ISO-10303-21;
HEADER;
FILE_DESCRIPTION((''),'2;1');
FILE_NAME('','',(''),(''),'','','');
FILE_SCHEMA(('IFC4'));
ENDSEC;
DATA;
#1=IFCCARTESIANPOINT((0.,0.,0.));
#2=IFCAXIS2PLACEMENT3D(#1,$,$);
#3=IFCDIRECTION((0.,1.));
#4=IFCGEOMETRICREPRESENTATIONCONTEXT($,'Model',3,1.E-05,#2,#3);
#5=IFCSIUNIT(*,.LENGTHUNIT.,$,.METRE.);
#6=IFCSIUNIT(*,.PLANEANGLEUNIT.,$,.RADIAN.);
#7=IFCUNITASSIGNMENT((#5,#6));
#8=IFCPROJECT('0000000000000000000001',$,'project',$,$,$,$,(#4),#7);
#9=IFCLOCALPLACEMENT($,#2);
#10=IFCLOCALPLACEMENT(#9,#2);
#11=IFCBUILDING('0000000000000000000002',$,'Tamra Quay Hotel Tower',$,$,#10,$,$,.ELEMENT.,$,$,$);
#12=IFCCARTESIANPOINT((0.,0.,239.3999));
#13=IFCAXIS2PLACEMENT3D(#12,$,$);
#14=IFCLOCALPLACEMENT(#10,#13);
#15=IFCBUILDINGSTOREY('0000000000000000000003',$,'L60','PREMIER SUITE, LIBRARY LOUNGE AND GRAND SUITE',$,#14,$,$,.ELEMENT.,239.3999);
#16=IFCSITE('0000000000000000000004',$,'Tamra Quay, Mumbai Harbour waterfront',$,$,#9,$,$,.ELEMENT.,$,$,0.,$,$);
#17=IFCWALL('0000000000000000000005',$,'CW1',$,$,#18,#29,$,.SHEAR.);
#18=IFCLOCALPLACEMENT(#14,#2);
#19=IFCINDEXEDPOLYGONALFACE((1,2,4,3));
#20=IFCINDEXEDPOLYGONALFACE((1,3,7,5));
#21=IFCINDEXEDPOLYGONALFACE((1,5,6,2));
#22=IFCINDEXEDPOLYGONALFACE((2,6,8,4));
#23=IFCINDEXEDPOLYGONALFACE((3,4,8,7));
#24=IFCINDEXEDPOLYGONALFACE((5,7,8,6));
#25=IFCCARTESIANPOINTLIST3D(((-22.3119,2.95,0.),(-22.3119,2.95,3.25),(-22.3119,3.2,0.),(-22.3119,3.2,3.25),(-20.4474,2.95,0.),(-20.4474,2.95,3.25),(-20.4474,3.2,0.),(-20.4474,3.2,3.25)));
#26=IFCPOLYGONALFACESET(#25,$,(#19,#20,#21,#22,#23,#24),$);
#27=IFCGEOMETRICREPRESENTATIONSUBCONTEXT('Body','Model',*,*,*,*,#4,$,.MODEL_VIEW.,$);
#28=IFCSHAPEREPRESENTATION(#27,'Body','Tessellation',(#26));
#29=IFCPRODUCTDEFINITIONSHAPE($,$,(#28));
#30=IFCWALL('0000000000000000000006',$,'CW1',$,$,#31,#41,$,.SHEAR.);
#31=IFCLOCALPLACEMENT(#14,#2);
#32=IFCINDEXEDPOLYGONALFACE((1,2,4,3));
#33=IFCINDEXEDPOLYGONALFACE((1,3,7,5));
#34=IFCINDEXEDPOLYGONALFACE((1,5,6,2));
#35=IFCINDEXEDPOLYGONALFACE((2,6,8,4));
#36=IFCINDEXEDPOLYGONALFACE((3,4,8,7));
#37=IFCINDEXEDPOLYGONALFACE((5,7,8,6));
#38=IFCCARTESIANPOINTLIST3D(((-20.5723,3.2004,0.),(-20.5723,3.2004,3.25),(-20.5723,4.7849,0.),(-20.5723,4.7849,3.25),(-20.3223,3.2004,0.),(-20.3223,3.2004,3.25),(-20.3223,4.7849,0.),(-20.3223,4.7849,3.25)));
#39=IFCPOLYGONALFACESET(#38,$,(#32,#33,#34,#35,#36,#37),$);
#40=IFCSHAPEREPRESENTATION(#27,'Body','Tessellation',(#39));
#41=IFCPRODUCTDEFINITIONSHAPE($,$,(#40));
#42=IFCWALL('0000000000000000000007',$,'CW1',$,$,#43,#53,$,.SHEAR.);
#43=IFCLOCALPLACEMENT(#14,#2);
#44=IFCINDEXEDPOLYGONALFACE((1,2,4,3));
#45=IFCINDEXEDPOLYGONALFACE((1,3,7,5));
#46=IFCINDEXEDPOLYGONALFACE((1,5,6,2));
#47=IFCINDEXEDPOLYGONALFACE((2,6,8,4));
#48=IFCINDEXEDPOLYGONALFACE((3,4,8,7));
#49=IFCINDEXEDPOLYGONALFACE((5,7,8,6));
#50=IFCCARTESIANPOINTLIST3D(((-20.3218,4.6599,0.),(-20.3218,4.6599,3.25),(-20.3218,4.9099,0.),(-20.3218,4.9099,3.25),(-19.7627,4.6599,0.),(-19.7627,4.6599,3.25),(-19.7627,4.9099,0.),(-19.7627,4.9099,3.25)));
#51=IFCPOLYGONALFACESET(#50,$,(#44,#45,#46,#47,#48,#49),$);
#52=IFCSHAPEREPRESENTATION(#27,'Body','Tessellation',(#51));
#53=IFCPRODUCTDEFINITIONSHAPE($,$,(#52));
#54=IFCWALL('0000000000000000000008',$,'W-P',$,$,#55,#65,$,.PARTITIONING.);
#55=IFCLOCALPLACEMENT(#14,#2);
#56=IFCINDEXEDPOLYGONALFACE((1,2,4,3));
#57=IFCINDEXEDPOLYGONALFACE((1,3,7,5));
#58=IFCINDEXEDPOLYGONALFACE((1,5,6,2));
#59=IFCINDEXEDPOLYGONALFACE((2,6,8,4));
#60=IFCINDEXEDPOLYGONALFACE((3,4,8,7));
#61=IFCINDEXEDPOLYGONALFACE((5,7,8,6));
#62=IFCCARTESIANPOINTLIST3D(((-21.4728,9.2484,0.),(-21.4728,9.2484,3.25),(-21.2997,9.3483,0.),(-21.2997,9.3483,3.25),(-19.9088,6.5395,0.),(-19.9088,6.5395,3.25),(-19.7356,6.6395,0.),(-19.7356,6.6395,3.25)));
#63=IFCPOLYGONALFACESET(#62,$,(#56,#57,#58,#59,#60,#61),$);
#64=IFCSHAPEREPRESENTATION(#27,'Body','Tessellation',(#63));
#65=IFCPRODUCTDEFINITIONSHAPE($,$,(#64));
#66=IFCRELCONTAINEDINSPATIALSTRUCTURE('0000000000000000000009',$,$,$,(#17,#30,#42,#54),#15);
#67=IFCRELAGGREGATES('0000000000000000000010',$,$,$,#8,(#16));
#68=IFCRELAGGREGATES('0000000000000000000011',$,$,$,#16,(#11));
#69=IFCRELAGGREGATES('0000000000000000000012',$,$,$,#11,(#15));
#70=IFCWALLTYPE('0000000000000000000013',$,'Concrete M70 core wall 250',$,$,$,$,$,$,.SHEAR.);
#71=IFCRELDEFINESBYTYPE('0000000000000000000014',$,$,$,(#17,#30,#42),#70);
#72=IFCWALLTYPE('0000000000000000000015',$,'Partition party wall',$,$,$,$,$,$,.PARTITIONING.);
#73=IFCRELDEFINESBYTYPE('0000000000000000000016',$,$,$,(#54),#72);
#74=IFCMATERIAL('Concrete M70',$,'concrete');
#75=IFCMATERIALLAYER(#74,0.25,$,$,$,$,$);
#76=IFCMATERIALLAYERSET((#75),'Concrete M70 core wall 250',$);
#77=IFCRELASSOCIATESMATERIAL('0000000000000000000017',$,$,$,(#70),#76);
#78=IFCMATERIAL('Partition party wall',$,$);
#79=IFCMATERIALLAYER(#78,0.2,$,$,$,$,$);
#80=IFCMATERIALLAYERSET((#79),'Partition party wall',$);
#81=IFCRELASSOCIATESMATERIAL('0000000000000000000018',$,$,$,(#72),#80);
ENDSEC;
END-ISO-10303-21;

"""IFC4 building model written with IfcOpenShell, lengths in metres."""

from ifc_helpers import new_model, si_unit, direction, frame, frame_2d, origin, place, context, subcontext, project, spatial, rectangle, extrude, material, layer, layer_set, type_object, element, save


model = new_model("IFC4")

# Units and contexts
model_context = context("Model", 3, precision=1e-05, world=origin(), true_north=direction((0.0, 1.0)))
body_context = subcontext(model_context, "Body", "Model", "MODEL_VIEW")
ifc_project = project(units=[si_unit("LENGTHUNIT", "METRE"), si_unit("PLANEANGLEUNIT", "RADIAN")], contexts=[model_context])

# Site, building, storey
site_placement = place(None, origin())
site = spatial("IfcSite", under=ifc_project, at=site_placement, Name="Tamra Quay, Mumbai Harbour waterfront", CompositionType="ELEMENT", RefElevation=0.0)
building_placement = place(site_placement, origin())
building = spatial("IfcBuilding", under=site, at=building_placement, Name="Tamra Quay Hotel Tower", CompositionType="ELEMENT")
storey_placement = place(building_placement, frame((0.0, 0.0, 239.3999)))
storey = spatial("IfcBuildingStorey", under=building, at=storey_placement, Name="L60", Description="PREMIER SUITE, LIBRARY LOUNGE AND GRAND SUITE", CompositionType="ELEMENT", Elevation=239.3999)

# Shared definitions
ifc_material_1 = material(Name="Concrete M70", Category="concrete")

# Walls
ifc_layer_1 = layer(ifc_material_1, 0.25)
ifc_layer_set_1 = layer_set([ifc_layer_1], Name="Concrete M70 core wall 250")
wall_type_1 = type_object("IfcWallType", Name="Concrete M70 core wall 250", PredefinedType="SHEAR", material=ifc_layer_set_1)
wall_1_placement = place(storey_placement, frame((-22.3118, 3.075, 0.0), z_axis=(0.0, 0.0, 1.0), x_axis=(1.0, 0.0, 0.0)))
element("IfcWall", 1, at=wall_1_placement, inside=storey, type_object=wall_type_1, Name="CW1", PredefinedType="SHEAR", context=body_context, shape_type="SweptSolid", body=[
    extrude(rectangle(XDim=1.8645, YDim=0.25, at=frame_2d((0.9321, 0.0))), origin(), (0.0, 0.0, 1.0), 3.25),
])
wall_2_placement = place(storey_placement, frame((-20.4473, 3.2004, 0.0), z_axis=(0.0, 0.0, 1.0), x_axis=(0.0, 1.0, 0.0)))
element("IfcWall", 2, at=wall_2_placement, inside=storey, type_object=wall_type_1, Name="CW1", PredefinedType="SHEAR", context=body_context, shape_type="SweptSolid", body=[
    extrude(rectangle(XDim=1.5845, YDim=0.25, at=frame_2d((0.7922, 0.0))), origin(), (0.0, 0.0, 1.0), 3.25),
])
wall_3_placement = place(storey_placement, frame((-20.3218, 4.7849, 0.0), z_axis=(0.0, 0.0, 1.0), x_axis=(1.0, 0.0, 0.0)))
element("IfcWall", 3, at=wall_3_placement, inside=storey, type_object=wall_type_1, Name="CW1", PredefinedType="SHEAR", context=body_context, shape_type="SweptSolid", body=[
    extrude(rectangle(XDim=0.5591, YDim=0.25, at=frame_2d((0.2795, 0.0))), origin(), (0.0, 0.0, 1.0), 3.25),
])
ifc_material_2 = material(Name="Partition party wall")
ifc_layer_2 = layer(ifc_material_2, 0.2)
ifc_layer_set_2 = layer_set([ifc_layer_2], Name="Partition party wall")
wall_type_2 = type_object("IfcWallType", Name="Partition party wall", PredefinedType="PARTITIONING", material=ifc_layer_set_2)
wall_4_placement = place(storey_placement, frame((-21.3862, 9.2983, 0.0), z_axis=(0.0, 0.0, 1.0), x_axis=(0.500017, -0.866015, 0.0)))
element("IfcWall", 4, at=wall_4_placement, inside=storey, type_object=wall_type_2, Name="W-P", PredefinedType="PARTITIONING", context=body_context, shape_type="SweptSolid", body=[
    extrude(rectangle(XDim=3.1279, YDim=0.2, at=frame_2d((1.564, 0.0))), origin(), (0.0, 0.0, 1.0), 3.25),
])

save(model, "model.ifc")
